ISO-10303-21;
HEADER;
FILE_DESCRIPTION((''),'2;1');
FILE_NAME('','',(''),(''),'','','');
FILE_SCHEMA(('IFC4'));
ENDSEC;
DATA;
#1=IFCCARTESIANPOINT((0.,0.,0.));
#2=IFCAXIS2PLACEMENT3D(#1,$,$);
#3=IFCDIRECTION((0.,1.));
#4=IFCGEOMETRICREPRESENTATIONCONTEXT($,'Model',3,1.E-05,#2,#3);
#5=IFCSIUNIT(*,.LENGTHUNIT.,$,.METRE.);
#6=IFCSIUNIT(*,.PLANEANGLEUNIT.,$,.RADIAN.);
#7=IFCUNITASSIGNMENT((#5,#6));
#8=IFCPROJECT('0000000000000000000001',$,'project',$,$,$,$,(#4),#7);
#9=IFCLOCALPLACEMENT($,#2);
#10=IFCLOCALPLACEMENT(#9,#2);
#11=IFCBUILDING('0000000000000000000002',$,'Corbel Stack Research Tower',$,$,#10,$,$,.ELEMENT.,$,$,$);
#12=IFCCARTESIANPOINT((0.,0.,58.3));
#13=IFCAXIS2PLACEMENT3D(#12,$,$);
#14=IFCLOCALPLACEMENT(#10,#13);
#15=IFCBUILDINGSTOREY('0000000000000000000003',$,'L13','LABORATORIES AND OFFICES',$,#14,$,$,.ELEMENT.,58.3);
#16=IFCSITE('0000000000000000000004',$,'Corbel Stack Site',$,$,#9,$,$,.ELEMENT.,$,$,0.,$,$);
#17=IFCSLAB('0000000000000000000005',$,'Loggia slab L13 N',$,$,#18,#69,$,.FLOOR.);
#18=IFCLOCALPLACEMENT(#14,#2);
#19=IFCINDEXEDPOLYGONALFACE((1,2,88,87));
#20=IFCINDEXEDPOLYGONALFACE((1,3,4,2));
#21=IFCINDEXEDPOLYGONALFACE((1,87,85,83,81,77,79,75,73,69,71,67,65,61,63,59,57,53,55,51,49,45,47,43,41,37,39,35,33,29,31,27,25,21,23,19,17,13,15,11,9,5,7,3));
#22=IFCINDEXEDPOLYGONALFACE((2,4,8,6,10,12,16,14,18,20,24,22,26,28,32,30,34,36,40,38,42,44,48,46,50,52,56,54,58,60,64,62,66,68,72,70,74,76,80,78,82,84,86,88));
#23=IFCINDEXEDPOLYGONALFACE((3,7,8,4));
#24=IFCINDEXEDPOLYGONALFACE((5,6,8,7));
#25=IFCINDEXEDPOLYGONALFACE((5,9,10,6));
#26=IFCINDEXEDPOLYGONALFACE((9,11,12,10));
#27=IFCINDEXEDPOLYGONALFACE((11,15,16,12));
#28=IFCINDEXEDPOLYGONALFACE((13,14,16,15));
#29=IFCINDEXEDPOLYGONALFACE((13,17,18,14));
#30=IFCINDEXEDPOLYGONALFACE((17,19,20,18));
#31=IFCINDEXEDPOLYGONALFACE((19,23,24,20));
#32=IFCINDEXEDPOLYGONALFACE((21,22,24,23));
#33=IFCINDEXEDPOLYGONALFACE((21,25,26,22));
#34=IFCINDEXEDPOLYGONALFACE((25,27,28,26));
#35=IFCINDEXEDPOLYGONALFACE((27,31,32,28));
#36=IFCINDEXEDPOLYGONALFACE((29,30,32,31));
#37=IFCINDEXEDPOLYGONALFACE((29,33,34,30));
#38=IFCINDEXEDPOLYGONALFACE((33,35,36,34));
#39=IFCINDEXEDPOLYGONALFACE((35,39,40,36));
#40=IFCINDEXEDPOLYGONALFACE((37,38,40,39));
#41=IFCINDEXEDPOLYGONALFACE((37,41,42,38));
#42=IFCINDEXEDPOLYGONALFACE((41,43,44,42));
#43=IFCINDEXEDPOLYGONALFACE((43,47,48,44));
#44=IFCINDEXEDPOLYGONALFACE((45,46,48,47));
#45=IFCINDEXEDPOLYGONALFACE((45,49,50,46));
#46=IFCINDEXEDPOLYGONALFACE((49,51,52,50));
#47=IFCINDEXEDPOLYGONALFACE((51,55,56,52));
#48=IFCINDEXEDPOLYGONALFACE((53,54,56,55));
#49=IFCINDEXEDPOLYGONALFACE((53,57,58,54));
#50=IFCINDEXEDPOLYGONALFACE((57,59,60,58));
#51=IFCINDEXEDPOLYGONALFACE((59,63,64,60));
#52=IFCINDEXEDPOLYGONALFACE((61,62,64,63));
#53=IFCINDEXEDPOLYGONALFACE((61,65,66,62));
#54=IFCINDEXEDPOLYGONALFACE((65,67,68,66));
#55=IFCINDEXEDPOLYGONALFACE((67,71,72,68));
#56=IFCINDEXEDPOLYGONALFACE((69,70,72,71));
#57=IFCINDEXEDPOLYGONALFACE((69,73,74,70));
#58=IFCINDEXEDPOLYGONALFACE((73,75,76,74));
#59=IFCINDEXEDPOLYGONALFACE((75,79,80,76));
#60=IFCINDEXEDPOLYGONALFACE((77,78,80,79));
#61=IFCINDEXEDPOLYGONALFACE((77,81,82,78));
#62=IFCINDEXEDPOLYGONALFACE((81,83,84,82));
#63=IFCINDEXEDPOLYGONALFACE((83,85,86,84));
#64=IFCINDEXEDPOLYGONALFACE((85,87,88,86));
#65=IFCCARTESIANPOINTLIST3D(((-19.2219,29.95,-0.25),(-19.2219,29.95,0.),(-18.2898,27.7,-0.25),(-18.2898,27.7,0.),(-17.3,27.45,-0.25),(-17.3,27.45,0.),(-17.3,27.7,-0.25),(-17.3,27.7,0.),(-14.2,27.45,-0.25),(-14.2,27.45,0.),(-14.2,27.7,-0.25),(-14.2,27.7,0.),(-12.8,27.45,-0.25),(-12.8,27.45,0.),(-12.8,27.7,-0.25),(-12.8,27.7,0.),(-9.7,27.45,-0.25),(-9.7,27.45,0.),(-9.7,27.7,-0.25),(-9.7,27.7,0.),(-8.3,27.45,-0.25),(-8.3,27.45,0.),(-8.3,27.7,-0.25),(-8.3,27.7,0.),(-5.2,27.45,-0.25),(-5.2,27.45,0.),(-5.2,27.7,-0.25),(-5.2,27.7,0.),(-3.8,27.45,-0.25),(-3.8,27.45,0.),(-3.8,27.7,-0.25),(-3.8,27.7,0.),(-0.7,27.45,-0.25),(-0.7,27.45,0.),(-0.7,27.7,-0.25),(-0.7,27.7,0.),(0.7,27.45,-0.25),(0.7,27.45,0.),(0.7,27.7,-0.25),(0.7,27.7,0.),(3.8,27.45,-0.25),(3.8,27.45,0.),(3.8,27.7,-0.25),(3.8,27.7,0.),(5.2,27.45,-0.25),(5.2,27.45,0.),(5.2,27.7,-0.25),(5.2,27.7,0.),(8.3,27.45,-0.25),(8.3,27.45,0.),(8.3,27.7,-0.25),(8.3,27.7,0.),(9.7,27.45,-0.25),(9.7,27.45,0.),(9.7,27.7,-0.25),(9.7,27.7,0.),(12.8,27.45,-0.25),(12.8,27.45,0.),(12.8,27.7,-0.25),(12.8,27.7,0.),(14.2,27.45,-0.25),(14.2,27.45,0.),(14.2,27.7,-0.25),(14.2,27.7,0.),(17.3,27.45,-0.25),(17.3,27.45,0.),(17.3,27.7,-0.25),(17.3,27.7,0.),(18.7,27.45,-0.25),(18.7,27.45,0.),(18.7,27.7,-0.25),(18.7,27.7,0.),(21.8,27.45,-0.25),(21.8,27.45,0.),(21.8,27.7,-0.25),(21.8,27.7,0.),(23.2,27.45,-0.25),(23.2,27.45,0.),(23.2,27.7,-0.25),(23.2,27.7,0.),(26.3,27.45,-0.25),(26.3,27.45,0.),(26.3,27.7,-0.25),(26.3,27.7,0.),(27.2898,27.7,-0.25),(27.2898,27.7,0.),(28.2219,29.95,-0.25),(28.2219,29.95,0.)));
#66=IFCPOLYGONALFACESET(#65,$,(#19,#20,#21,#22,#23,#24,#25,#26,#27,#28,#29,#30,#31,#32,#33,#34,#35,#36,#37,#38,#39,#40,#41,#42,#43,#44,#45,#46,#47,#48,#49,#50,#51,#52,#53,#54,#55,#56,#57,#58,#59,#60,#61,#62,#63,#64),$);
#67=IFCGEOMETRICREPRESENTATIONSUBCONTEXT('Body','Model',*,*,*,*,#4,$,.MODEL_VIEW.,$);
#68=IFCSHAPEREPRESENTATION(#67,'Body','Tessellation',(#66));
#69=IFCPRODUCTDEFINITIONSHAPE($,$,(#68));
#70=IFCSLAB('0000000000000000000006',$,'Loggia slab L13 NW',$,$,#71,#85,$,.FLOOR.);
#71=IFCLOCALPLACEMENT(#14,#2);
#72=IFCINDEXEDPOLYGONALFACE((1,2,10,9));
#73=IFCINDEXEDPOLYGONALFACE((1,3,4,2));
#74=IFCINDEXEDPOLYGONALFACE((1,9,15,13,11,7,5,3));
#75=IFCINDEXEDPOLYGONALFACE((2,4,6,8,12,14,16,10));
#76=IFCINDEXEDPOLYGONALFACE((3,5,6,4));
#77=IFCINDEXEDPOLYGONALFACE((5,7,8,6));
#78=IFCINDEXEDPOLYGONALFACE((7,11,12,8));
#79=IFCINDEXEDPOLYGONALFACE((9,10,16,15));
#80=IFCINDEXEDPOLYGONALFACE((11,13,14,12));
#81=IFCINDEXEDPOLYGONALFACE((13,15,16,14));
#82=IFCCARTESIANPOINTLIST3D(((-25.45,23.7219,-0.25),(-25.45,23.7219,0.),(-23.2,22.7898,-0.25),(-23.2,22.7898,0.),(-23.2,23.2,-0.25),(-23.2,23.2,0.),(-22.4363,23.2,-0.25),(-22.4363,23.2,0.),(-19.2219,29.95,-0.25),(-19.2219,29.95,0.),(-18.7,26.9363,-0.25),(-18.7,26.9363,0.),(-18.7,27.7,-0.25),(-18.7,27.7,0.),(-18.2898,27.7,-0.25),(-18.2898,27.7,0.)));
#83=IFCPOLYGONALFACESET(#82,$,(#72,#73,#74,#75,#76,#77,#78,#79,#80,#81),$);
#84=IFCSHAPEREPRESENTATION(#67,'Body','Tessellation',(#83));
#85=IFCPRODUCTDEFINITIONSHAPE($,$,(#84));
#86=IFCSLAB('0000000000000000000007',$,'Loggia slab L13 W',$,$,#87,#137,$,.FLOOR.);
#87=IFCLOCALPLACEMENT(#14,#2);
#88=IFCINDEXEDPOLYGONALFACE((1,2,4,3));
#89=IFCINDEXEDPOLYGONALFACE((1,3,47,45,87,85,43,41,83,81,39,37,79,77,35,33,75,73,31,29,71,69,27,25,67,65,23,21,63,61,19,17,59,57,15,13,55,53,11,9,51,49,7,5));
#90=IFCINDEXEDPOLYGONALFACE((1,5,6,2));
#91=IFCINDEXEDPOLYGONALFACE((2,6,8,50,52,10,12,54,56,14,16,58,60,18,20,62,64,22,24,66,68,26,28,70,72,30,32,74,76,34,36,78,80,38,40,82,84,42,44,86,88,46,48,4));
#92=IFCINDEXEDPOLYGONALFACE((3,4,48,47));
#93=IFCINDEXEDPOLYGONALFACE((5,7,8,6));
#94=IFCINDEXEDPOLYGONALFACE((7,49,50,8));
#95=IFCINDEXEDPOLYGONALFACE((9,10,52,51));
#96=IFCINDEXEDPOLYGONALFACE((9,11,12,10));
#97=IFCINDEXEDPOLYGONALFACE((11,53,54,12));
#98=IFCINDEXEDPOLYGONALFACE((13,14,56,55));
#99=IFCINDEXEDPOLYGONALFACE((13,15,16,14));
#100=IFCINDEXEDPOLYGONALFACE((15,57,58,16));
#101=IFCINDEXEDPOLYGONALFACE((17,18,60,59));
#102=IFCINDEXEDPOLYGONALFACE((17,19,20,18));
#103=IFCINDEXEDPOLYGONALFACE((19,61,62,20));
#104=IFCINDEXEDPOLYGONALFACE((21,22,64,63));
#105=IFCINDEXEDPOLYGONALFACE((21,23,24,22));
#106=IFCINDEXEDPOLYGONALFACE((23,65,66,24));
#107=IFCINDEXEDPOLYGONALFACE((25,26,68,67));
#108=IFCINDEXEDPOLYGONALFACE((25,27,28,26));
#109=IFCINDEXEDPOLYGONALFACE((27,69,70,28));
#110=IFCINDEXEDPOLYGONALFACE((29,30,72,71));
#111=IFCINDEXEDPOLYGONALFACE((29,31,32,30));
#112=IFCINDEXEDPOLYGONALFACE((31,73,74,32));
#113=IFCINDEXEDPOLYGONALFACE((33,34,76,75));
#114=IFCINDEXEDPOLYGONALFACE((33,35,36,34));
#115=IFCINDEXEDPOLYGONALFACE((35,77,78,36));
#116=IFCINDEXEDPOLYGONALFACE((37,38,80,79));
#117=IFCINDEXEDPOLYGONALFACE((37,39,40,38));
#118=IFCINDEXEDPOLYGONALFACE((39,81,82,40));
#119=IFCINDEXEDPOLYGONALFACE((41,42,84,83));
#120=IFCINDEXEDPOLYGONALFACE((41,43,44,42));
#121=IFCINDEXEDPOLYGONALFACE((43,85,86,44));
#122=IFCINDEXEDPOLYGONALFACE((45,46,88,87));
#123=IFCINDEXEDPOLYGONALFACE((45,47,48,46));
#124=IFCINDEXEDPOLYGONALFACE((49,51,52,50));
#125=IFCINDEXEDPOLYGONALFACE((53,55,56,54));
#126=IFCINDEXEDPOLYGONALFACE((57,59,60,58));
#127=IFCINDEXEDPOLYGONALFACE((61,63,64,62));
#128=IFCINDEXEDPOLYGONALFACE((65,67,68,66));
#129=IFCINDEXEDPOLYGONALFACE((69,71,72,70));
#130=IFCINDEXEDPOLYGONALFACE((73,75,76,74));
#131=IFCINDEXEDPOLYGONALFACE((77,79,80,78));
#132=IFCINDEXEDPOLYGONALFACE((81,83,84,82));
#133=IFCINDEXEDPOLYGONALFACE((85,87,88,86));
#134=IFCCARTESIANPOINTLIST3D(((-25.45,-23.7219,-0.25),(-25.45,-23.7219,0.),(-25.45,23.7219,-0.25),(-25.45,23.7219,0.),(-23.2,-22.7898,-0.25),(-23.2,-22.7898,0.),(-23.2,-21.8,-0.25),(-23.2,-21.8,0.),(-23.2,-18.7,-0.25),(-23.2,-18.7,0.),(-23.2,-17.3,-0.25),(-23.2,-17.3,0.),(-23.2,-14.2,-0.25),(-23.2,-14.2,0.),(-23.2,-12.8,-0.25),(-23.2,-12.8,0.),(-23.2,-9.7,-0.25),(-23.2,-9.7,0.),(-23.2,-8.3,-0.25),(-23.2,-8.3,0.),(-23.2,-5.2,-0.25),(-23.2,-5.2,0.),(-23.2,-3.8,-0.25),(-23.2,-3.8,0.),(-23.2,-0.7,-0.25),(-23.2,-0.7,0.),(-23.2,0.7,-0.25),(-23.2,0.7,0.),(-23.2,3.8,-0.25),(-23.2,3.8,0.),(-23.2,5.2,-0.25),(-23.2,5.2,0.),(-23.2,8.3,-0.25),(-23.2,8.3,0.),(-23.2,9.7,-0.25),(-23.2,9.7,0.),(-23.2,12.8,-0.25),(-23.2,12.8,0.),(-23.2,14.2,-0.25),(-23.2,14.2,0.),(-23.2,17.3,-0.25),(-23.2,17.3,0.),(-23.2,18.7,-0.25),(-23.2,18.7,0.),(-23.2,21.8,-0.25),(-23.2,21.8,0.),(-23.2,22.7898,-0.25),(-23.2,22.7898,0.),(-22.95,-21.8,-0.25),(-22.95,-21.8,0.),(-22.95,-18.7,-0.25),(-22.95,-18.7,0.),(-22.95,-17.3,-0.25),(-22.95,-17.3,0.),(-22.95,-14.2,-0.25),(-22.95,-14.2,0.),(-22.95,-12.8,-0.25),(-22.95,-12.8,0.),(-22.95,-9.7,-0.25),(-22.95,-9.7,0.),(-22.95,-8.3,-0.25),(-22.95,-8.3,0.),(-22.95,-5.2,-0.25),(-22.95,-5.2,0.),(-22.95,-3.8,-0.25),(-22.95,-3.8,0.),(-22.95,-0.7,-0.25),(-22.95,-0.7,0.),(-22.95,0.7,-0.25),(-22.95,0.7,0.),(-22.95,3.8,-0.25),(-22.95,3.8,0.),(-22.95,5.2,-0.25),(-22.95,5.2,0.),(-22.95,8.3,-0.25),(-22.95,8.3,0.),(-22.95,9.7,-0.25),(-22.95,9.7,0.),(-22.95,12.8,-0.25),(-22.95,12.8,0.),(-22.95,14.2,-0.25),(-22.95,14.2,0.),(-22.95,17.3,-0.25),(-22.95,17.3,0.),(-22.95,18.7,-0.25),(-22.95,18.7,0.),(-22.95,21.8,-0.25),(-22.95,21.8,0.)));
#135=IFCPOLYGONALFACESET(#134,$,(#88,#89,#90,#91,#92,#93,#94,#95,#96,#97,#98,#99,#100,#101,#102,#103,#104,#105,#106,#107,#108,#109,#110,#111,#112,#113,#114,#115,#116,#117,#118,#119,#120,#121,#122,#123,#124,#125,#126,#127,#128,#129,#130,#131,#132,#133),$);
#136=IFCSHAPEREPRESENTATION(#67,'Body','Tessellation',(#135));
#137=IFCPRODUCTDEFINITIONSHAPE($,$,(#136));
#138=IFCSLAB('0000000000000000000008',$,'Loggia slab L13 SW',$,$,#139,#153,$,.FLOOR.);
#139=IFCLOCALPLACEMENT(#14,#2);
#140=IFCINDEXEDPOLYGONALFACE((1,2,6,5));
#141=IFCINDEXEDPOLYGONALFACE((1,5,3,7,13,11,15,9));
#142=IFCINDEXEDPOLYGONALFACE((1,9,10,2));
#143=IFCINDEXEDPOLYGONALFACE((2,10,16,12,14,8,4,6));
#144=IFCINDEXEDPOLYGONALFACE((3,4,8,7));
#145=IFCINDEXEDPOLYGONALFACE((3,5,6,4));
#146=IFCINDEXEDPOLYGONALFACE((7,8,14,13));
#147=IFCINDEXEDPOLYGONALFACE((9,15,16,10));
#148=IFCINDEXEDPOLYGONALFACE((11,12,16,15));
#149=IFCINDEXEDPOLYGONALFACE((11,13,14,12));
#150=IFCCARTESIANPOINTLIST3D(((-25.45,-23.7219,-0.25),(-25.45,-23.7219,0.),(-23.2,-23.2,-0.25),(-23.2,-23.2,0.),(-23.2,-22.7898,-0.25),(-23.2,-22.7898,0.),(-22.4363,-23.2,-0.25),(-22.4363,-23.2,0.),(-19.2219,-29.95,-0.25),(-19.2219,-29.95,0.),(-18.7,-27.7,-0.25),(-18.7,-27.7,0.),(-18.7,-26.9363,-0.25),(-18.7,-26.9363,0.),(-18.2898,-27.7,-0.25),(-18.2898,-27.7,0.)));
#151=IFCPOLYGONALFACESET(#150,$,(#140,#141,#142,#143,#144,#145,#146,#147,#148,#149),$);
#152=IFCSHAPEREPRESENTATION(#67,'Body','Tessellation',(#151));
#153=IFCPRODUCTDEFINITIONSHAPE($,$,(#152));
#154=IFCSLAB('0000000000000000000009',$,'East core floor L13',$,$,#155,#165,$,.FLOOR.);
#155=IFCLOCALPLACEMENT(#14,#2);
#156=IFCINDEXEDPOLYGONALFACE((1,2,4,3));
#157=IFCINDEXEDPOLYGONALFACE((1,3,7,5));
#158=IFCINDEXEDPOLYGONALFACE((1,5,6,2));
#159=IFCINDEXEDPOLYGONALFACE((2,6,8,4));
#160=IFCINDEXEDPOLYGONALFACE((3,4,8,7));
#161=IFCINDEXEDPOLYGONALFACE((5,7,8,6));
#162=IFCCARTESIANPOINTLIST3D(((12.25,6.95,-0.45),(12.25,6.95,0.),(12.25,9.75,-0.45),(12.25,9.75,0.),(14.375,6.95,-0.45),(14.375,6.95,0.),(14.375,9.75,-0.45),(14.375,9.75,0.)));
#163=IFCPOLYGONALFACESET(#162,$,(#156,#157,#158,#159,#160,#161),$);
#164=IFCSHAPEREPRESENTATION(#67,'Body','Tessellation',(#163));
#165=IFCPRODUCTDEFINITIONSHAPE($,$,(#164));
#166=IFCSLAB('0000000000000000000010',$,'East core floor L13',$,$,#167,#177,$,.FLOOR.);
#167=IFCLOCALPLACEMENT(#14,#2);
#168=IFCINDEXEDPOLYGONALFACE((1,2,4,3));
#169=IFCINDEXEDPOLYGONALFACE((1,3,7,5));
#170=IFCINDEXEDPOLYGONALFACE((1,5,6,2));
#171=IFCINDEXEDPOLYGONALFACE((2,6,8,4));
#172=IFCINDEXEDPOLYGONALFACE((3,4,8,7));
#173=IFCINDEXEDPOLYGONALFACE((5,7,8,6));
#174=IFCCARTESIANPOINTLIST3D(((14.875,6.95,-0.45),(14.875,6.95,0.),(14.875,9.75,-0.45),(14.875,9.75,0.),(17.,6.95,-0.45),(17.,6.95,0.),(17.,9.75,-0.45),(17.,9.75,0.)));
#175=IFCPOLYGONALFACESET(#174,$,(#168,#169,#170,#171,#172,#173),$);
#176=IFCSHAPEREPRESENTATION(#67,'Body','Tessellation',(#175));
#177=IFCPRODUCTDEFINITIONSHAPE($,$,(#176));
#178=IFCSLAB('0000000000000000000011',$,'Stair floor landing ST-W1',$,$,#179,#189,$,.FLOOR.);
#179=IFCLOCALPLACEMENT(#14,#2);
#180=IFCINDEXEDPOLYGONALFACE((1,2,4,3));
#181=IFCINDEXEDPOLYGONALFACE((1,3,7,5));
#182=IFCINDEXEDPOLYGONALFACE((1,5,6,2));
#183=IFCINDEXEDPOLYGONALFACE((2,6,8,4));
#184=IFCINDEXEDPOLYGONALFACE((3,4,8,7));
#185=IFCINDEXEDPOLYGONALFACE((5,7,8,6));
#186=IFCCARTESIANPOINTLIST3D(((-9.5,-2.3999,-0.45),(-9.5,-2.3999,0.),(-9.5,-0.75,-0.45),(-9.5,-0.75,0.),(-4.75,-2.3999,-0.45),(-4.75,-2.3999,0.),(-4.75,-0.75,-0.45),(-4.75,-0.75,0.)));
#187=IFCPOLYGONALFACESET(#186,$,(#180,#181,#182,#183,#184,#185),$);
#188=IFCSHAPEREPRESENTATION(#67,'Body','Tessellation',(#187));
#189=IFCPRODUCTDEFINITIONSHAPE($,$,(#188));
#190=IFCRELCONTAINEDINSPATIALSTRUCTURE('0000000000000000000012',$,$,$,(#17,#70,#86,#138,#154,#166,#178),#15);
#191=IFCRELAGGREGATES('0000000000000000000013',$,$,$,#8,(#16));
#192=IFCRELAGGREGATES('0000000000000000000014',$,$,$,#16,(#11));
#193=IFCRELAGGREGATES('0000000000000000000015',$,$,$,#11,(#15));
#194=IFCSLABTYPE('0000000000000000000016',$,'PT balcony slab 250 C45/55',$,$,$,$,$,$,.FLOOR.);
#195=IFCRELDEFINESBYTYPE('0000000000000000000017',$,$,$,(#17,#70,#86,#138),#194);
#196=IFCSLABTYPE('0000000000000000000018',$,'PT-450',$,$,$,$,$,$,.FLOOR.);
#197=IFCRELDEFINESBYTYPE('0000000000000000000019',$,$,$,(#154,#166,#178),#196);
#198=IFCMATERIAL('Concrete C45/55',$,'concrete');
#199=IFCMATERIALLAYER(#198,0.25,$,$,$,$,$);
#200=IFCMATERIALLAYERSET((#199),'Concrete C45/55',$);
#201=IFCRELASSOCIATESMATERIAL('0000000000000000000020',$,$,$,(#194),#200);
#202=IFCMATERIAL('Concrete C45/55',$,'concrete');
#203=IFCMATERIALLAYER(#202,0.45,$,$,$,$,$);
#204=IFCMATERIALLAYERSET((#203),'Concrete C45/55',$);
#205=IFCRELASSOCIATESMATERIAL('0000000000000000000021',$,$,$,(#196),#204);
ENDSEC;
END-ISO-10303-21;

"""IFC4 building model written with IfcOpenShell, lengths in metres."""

from ifc_helpers import new_model, si_unit, direction, frame, origin, place, context, subcontext, project, spatial, polyline, outline, extrude, material, layer, layer_set, type_object, element, save


model = new_model("IFC4")

# Units and contexts
model_context = context("Model", 3, precision=1e-05, world=origin(), true_north=direction((0.0, 1.0)))
body_context = subcontext(model_context, "Body", "Model", "MODEL_VIEW")
ifc_project = project(units=[si_unit("LENGTHUNIT", "METRE"), si_unit("PLANEANGLEUNIT", "RADIAN")], contexts=[model_context])

# Site, building, storey
site_placement = place(None, origin())
site = spatial("IfcSite", under=ifc_project, at=site_placement, Name="Corbel Stack Site", CompositionType="ELEMENT", RefElevation=0.0)
building_placement = place(site_placement, origin())
building = spatial("IfcBuilding", under=site, at=building_placement, Name="Corbel Stack Research Tower", CompositionType="ELEMENT")
storey_placement = place(building_placement, frame((0.0, 0.0, 58.3)))
storey = spatial("IfcBuildingStorey", under=building, at=storey_placement, Name="L13", Description="LABORATORIES AND OFFICES", CompositionType="ELEMENT", Elevation=58.3)

# Slabs
ifc_material_1 = material(Name="Concrete C45/55", Category="concrete")
ifc_layer_1 = layer(ifc_material_1, 0.25)
ifc_layer_set_1 = layer_set([ifc_layer_1], Name="Concrete C45/55")
slab_type_1 = type_object("IfcSlabType", Name="PT balcony slab 250 C45/55", PredefinedType="FLOOR", material=ifc_layer_set_1)
slab_1_placement = place(storey_placement, frame((0.0, 0.0, -0.25)))
element("IfcSlab", 1, at=slab_1_placement, inside=storey, type_object=slab_type_1, Name="Loggia slab L13 N", PredefinedType="FLOOR", context=body_context, shape_type="SweptSolid", body=[
    extrude(outline(polyline([(-18.2898, 27.7), (-17.3, 27.7), (-17.3, 27.45), (-14.2, 27.45), (-14.2, 27.7), (-12.8, 27.7), (-12.8, 27.45), (-9.7, 27.45), (-9.7, 27.7), (-8.3, 27.7), (-8.3, 27.45), (-5.2, 27.45), (-5.2, 27.7), (-3.8, 27.7), (-3.8, 27.45), (-0.7, 27.45), (-0.7, 27.7), (0.7, 27.7), (0.7, 27.45), (3.8, 27.45), (3.8, 27.7), (5.2, 27.7), (5.2, 27.45), (8.3, 27.45), (8.3, 27.7), (9.7, 27.7), (9.7, 27.45), (12.8, 27.45), (12.8, 27.7), (14.2, 27.7), (14.2, 27.45), (17.3, 27.45), (17.3, 27.7), (18.7, 27.7), (18.7, 27.45), (21.8, 27.45), (21.8, 27.7), (23.2, 27.7), (23.2, 27.45), (26.3, 27.45), (26.3, 27.7), (27.2898, 27.7), (28.2219, 29.95), (-19.2219, 29.95), (-18.2898, 27.7)])), origin(), (0.0, 0.0, 1.0), 0.25),
])
slab_2_placement = place(storey_placement, frame((0.0, 0.0, -0.25)))
element("IfcSlab", 2, at=slab_2_placement, inside=storey, type_object=slab_type_1, Name="Loggia slab L13 NW", PredefinedType="FLOOR", context=body_context, shape_type="SweptSolid", body=[
    extrude(outline(polyline([(-23.2, 22.7898), (-23.2, 23.2), (-22.4363, 23.2), (-18.7, 26.9363), (-18.7, 27.7), (-18.2898, 27.7), (-19.2219, 29.95), (-25.45, 23.7219), (-23.2, 22.7898)])), origin(), (0.0, 0.0, 1.0), 0.25),
])
slab_3_placement = place(storey_placement, frame((0.0, 0.0, -0.25)))
element("IfcSlab", 3, at=slab_3_placement, inside=storey, type_object=slab_type_1, Name="Loggia slab L13 W", PredefinedType="FLOOR", context=body_context, shape_type="SweptSolid", body=[
    extrude(outline(polyline([(-23.2, -22.7898), (-23.2, -21.8), (-22.95, -21.8), (-22.95, -18.7), (-23.2, -18.7), (-23.2, -17.3), (-22.95, -17.3), (-22.95, -14.2), (-23.2, -14.2), (-23.2, -12.8), (-22.95, -12.8), (-22.95, -9.7), (-23.2, -9.7), (-23.2, -8.3), (-22.95, -8.3), (-22.95, -5.2), (-23.2, -5.2), (-23.2, -3.8), (-22.95, -3.8), (-22.95, -0.7), (-23.2, -0.7), (-23.2, 0.7), (-22.95, 0.7), (-22.95, 3.8), (-23.2, 3.8), (-23.2, 5.2), (-22.95, 5.2), (-22.95, 8.3), (-23.2, 8.3), (-23.2, 9.7), (-22.95, 9.7), (-22.95, 12.8), (-23.2, 12.8), (-23.2, 14.2), (-22.95, 14.2), (-22.95, 17.3), (-23.2, 17.3), (-23.2, 18.7), (-22.95, 18.7), (-22.95, 21.8), (-23.2, 21.8), (-23.2, 22.7898), (-25.45, 23.7219), (-25.45, -23.7219), (-23.2, -22.7898)])), origin(), (0.0, 0.0, 1.0), 0.25),
])
slab_4_placement = place(storey_placement, frame((0.0, 0.0, -0.25)))
element("IfcSlab", 4, at=slab_4_placement, inside=storey, type_object=slab_type_1, Name="Loggia slab L13 SW", PredefinedType="FLOOR", context=body_context, shape_type="SweptSolid", body=[
    extrude(outline(polyline([(-18.2898, -27.7), (-18.7, -27.7), (-18.7, -26.9363), (-22.4363, -23.2), (-23.2, -23.2), (-23.2, -22.7898), (-25.45, -23.7219), (-19.2219, -29.95), (-18.2898, -27.7)])), origin(), (0.0, 0.0, 1.0), 0.25),
])
ifc_material_2 = material(Name="Concrete C45/55", Category="concrete")
ifc_layer_2 = layer(ifc_material_2, 0.45)
ifc_layer_set_2 = layer_set([ifc_layer_2], Name="Concrete C45/55")
slab_type_2 = type_object("IfcSlabType", Name="PT-450", PredefinedType="FLOOR", material=ifc_layer_set_2)
slab_5_placement = place(storey_placement, frame((0.0, 0.0, -0.45)))
element("IfcSlab", 5, at=slab_5_placement, inside=storey, type_object=slab_type_2, Name="East core floor L13", PredefinedType="FLOOR", context=body_context, shape_type="SweptSolid", body=[
    extrude(outline(polyline([(14.375, 6.95), (14.375, 9.75), (12.25, 9.75), (12.25, 6.95), (14.375, 6.95)])), origin(), (0.0, 0.0, 1.0), 0.45),
])
slab_6_placement = place(storey_placement, frame((0.0, 0.0, -0.45)))
element("IfcSlab", 6, at=slab_6_placement, inside=storey, type_object=slab_type_2, Name="East core floor L13", PredefinedType="FLOOR", context=body_context, shape_type="SweptSolid", body=[
    extrude(outline(polyline([(17.0, 6.95), (17.0, 9.75), (14.875, 9.75), (14.875, 6.95), (17.0, 6.95)])), origin(), (0.0, 0.0, 1.0), 0.45),
])
slab_7_placement = place(storey_placement, frame((0.0, 0.0, -0.45)))
element("IfcSlab", 7, at=slab_7_placement, inside=storey, type_object=slab_type_2, Name="Stair floor landing ST-W1", PredefinedType="FLOOR", context=body_context, shape_type="SweptSolid", body=[
    extrude(outline(polyline([(-9.5, -2.3999), (-4.75, -2.3999), (-4.75, -0.75), (-9.5, -0.75), (-9.5, -2.3999)])), origin(), (0.0, 0.0, 1.0), 0.45),
])

save(model, "model.ifc")
